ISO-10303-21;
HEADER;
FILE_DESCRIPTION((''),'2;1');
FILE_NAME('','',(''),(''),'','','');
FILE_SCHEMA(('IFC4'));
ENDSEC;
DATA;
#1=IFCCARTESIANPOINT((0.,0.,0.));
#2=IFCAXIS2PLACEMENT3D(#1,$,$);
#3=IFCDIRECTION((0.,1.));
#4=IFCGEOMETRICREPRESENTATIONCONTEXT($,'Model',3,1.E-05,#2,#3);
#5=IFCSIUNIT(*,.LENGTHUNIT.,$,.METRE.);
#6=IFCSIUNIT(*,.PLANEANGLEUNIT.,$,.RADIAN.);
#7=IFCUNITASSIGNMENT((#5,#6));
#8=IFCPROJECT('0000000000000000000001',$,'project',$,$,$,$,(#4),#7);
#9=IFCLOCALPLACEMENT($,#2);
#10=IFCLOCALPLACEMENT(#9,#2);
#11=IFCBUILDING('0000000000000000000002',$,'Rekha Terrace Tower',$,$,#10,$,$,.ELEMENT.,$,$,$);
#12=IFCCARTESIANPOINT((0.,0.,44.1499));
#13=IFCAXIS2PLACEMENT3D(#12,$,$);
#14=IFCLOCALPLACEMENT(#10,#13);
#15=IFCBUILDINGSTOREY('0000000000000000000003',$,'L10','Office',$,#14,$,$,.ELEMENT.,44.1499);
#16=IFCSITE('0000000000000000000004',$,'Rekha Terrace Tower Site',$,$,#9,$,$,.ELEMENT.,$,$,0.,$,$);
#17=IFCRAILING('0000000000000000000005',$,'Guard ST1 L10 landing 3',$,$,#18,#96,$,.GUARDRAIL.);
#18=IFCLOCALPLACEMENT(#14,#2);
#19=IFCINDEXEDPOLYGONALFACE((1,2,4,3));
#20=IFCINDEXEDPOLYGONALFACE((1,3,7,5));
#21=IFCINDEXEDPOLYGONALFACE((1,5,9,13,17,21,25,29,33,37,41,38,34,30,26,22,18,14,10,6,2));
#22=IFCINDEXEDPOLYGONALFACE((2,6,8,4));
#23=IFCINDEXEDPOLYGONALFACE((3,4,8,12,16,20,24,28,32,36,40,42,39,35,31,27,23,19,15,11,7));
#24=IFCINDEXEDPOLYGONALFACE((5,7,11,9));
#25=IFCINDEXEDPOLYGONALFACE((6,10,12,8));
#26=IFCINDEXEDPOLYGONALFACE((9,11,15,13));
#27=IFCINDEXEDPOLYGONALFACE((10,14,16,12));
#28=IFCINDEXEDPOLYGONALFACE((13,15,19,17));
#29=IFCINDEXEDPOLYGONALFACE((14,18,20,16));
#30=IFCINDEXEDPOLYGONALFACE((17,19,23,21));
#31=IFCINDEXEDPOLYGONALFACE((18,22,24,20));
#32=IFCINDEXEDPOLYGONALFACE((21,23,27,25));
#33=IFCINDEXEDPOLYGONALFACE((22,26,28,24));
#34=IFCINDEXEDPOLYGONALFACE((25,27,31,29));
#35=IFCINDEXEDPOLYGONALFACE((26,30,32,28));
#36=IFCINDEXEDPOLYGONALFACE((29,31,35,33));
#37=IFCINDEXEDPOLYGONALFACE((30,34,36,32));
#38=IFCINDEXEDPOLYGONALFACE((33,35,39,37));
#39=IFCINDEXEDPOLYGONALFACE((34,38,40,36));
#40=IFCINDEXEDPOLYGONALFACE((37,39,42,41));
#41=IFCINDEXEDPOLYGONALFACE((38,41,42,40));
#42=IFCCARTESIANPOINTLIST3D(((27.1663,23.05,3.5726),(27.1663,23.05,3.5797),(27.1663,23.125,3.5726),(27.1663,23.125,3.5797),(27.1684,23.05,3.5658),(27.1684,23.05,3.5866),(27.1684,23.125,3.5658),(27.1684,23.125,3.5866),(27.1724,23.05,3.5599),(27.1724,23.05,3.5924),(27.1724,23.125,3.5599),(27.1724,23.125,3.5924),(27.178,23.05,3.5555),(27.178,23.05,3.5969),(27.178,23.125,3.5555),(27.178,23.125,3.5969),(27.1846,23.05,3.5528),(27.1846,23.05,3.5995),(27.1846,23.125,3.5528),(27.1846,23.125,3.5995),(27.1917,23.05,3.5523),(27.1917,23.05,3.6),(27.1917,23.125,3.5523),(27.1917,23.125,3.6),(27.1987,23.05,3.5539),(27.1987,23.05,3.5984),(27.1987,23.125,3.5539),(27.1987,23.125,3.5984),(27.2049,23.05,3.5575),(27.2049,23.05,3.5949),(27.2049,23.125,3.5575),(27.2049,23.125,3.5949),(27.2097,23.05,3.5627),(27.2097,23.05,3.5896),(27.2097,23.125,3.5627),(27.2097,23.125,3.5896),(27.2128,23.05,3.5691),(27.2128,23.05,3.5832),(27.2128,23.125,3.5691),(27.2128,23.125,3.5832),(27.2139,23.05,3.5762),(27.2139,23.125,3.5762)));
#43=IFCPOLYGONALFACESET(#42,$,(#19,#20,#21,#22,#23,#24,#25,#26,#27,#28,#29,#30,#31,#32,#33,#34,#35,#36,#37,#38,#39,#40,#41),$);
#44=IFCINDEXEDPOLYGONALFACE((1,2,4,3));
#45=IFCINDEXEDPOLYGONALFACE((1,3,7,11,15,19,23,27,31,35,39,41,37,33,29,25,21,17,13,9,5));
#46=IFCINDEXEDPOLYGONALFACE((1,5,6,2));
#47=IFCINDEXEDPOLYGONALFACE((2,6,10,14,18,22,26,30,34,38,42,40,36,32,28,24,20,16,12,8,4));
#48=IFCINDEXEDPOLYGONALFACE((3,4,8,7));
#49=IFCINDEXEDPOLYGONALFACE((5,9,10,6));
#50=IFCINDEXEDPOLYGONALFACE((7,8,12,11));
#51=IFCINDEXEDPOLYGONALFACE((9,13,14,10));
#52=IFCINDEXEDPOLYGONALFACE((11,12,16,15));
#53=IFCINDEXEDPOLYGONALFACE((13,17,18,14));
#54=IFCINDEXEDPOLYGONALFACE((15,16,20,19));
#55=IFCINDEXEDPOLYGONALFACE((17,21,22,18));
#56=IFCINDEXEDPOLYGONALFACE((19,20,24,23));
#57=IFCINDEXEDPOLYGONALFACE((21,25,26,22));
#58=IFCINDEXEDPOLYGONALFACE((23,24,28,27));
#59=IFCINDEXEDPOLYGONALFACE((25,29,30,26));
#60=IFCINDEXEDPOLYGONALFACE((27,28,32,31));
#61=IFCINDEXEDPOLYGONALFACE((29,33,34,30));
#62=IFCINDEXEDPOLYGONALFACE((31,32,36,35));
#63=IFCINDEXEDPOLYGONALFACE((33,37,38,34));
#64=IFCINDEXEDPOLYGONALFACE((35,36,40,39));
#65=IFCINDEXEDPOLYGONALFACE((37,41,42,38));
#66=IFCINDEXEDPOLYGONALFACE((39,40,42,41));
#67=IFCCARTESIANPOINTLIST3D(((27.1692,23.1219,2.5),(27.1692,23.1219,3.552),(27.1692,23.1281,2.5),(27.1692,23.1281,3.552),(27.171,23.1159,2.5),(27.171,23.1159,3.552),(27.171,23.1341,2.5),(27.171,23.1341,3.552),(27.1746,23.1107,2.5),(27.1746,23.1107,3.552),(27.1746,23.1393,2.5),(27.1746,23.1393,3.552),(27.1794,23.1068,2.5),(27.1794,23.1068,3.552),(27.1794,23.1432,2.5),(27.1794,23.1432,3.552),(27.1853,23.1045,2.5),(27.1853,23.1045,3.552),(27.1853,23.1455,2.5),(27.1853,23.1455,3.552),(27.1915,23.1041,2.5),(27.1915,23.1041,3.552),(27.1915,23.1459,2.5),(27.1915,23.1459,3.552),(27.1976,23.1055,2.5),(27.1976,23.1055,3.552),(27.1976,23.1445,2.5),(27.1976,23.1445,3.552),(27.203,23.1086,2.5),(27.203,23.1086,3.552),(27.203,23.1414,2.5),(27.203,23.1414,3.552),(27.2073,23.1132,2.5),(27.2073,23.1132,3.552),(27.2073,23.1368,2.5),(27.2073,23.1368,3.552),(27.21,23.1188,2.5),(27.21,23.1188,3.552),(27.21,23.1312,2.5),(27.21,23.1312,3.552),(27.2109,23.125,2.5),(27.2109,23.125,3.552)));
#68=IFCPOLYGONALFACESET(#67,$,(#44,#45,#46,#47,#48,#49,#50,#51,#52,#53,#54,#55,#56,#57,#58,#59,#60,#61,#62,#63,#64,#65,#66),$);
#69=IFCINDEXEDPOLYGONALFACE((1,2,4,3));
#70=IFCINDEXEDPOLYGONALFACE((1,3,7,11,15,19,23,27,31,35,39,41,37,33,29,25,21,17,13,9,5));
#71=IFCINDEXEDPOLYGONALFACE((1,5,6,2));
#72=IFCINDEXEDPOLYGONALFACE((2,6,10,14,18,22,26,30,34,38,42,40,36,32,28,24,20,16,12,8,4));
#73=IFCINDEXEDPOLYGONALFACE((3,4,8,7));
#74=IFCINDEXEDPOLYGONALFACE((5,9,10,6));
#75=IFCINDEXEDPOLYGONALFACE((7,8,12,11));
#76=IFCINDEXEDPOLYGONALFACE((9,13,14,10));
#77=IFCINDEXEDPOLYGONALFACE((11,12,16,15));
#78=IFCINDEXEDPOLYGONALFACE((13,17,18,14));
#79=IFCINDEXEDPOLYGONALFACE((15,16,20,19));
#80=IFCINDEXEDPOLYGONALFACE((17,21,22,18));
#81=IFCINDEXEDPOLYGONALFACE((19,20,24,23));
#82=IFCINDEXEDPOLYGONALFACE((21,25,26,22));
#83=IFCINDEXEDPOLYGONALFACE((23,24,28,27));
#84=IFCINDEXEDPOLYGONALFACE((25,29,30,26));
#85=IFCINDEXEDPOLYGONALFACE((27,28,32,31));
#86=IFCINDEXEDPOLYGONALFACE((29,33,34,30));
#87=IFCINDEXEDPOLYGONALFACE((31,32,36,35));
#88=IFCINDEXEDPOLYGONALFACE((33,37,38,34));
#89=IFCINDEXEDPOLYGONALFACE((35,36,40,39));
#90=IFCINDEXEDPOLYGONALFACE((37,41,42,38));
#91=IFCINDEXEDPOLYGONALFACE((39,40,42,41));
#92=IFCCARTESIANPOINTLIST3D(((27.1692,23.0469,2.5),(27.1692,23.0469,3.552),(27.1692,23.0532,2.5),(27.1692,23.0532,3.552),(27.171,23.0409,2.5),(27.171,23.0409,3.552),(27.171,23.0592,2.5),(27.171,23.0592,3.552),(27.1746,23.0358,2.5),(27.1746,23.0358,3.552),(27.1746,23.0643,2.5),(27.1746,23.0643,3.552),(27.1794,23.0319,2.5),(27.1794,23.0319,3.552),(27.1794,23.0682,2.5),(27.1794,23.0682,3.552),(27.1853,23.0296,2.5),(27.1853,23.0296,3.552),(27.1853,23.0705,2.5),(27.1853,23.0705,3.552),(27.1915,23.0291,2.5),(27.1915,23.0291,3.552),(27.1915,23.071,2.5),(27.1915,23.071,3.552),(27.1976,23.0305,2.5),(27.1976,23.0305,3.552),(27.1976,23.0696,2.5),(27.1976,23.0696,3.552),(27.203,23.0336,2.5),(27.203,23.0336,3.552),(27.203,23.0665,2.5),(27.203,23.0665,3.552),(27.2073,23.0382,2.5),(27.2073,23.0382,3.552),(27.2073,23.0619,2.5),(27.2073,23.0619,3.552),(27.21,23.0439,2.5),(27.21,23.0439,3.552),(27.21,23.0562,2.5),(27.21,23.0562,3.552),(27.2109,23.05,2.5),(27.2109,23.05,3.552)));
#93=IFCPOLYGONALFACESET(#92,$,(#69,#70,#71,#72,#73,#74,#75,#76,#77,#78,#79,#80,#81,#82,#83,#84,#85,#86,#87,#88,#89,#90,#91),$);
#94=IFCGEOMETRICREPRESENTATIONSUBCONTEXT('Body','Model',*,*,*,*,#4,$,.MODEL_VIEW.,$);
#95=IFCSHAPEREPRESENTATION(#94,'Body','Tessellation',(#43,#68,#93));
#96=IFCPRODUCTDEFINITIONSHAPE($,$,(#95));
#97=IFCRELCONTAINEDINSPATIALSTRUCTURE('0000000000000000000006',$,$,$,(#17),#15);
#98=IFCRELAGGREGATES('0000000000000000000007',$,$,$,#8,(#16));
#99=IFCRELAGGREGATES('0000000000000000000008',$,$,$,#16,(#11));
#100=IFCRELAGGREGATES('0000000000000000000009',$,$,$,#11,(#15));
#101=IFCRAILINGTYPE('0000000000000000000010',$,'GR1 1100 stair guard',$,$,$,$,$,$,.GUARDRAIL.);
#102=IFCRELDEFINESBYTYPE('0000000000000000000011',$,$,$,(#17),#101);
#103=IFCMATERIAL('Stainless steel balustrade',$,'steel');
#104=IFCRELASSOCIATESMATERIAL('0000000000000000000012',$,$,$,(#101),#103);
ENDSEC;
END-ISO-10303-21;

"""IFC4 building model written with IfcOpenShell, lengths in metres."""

from ifc_helpers import new_model, si_unit, direction, frame, origin, origin_2d, place, context, subcontext, project, spatial, circle, extrude, material, type_object, element, save


model = new_model("IFC4")

# Units and contexts
model_context = context("Model", 3, precision=1e-05, world=origin(), true_north=direction((0.0, 1.0)))
body_context = subcontext(model_context, "Body", "Model", "MODEL_VIEW")
ifc_project = project(units=[si_unit("LENGTHUNIT", "METRE"), si_unit("PLANEANGLEUNIT", "RADIAN")], contexts=[model_context])

# Site, building, storey
site_placement = place(None, origin())
site = spatial("IfcSite", under=ifc_project, at=site_placement, Name="Rekha Terrace Tower Site", CompositionType="ELEMENT", RefElevation=0.0)
building_placement = place(site_placement, origin())
building = spatial("IfcBuilding", under=site, at=building_placement, Name="Rekha Terrace Tower", CompositionType="ELEMENT")
storey_placement = place(building_placement, frame((0.0, 0.0, 44.1499)))
storey = spatial("IfcBuildingStorey", under=building, at=storey_placement, Name="L10", Description="Office", CompositionType="ELEMENT", Elevation=44.1499)

# Railing
ifc_material_1 = material(Name="Stainless steel balustrade", Category="steel")
railing_type_1 = type_object("IfcRailingType", Name="GR1 1100 stair guard", PredefinedType="GUARDRAIL", material=ifc_material_1)
railing_1_placement = place(storey_placement, frame((27.1899, 23.125, 2.5)))
element("IfcRailing", 1, at=railing_1_placement, inside=storey, type_object=railing_type_1, Name="Guard ST1 L10 landing 3", PredefinedType="GUARDRAIL", context=body_context, shape_type="SweptSolid", body=[
    extrude(circle(Radius=0.0239, at=origin_2d()), frame((0.0, 0.0, 1.0762), z_axis=(0.0, -1.0, 0.0), x_axis=(1.0, 0.0, 0.0)), (0.0, 0.0, 1.0), 0.075),
    extrude(circle(Radius=0.021, at=origin_2d()), origin(), (0.0, 0.0, 1.0), 1.052),
    extrude(circle(Radius=0.021, at=origin_2d()), frame((0.0, -0.075, 0.0)), (0.0, 0.0, 1.0), 1.052),
])

save(model, "model.ifc")
